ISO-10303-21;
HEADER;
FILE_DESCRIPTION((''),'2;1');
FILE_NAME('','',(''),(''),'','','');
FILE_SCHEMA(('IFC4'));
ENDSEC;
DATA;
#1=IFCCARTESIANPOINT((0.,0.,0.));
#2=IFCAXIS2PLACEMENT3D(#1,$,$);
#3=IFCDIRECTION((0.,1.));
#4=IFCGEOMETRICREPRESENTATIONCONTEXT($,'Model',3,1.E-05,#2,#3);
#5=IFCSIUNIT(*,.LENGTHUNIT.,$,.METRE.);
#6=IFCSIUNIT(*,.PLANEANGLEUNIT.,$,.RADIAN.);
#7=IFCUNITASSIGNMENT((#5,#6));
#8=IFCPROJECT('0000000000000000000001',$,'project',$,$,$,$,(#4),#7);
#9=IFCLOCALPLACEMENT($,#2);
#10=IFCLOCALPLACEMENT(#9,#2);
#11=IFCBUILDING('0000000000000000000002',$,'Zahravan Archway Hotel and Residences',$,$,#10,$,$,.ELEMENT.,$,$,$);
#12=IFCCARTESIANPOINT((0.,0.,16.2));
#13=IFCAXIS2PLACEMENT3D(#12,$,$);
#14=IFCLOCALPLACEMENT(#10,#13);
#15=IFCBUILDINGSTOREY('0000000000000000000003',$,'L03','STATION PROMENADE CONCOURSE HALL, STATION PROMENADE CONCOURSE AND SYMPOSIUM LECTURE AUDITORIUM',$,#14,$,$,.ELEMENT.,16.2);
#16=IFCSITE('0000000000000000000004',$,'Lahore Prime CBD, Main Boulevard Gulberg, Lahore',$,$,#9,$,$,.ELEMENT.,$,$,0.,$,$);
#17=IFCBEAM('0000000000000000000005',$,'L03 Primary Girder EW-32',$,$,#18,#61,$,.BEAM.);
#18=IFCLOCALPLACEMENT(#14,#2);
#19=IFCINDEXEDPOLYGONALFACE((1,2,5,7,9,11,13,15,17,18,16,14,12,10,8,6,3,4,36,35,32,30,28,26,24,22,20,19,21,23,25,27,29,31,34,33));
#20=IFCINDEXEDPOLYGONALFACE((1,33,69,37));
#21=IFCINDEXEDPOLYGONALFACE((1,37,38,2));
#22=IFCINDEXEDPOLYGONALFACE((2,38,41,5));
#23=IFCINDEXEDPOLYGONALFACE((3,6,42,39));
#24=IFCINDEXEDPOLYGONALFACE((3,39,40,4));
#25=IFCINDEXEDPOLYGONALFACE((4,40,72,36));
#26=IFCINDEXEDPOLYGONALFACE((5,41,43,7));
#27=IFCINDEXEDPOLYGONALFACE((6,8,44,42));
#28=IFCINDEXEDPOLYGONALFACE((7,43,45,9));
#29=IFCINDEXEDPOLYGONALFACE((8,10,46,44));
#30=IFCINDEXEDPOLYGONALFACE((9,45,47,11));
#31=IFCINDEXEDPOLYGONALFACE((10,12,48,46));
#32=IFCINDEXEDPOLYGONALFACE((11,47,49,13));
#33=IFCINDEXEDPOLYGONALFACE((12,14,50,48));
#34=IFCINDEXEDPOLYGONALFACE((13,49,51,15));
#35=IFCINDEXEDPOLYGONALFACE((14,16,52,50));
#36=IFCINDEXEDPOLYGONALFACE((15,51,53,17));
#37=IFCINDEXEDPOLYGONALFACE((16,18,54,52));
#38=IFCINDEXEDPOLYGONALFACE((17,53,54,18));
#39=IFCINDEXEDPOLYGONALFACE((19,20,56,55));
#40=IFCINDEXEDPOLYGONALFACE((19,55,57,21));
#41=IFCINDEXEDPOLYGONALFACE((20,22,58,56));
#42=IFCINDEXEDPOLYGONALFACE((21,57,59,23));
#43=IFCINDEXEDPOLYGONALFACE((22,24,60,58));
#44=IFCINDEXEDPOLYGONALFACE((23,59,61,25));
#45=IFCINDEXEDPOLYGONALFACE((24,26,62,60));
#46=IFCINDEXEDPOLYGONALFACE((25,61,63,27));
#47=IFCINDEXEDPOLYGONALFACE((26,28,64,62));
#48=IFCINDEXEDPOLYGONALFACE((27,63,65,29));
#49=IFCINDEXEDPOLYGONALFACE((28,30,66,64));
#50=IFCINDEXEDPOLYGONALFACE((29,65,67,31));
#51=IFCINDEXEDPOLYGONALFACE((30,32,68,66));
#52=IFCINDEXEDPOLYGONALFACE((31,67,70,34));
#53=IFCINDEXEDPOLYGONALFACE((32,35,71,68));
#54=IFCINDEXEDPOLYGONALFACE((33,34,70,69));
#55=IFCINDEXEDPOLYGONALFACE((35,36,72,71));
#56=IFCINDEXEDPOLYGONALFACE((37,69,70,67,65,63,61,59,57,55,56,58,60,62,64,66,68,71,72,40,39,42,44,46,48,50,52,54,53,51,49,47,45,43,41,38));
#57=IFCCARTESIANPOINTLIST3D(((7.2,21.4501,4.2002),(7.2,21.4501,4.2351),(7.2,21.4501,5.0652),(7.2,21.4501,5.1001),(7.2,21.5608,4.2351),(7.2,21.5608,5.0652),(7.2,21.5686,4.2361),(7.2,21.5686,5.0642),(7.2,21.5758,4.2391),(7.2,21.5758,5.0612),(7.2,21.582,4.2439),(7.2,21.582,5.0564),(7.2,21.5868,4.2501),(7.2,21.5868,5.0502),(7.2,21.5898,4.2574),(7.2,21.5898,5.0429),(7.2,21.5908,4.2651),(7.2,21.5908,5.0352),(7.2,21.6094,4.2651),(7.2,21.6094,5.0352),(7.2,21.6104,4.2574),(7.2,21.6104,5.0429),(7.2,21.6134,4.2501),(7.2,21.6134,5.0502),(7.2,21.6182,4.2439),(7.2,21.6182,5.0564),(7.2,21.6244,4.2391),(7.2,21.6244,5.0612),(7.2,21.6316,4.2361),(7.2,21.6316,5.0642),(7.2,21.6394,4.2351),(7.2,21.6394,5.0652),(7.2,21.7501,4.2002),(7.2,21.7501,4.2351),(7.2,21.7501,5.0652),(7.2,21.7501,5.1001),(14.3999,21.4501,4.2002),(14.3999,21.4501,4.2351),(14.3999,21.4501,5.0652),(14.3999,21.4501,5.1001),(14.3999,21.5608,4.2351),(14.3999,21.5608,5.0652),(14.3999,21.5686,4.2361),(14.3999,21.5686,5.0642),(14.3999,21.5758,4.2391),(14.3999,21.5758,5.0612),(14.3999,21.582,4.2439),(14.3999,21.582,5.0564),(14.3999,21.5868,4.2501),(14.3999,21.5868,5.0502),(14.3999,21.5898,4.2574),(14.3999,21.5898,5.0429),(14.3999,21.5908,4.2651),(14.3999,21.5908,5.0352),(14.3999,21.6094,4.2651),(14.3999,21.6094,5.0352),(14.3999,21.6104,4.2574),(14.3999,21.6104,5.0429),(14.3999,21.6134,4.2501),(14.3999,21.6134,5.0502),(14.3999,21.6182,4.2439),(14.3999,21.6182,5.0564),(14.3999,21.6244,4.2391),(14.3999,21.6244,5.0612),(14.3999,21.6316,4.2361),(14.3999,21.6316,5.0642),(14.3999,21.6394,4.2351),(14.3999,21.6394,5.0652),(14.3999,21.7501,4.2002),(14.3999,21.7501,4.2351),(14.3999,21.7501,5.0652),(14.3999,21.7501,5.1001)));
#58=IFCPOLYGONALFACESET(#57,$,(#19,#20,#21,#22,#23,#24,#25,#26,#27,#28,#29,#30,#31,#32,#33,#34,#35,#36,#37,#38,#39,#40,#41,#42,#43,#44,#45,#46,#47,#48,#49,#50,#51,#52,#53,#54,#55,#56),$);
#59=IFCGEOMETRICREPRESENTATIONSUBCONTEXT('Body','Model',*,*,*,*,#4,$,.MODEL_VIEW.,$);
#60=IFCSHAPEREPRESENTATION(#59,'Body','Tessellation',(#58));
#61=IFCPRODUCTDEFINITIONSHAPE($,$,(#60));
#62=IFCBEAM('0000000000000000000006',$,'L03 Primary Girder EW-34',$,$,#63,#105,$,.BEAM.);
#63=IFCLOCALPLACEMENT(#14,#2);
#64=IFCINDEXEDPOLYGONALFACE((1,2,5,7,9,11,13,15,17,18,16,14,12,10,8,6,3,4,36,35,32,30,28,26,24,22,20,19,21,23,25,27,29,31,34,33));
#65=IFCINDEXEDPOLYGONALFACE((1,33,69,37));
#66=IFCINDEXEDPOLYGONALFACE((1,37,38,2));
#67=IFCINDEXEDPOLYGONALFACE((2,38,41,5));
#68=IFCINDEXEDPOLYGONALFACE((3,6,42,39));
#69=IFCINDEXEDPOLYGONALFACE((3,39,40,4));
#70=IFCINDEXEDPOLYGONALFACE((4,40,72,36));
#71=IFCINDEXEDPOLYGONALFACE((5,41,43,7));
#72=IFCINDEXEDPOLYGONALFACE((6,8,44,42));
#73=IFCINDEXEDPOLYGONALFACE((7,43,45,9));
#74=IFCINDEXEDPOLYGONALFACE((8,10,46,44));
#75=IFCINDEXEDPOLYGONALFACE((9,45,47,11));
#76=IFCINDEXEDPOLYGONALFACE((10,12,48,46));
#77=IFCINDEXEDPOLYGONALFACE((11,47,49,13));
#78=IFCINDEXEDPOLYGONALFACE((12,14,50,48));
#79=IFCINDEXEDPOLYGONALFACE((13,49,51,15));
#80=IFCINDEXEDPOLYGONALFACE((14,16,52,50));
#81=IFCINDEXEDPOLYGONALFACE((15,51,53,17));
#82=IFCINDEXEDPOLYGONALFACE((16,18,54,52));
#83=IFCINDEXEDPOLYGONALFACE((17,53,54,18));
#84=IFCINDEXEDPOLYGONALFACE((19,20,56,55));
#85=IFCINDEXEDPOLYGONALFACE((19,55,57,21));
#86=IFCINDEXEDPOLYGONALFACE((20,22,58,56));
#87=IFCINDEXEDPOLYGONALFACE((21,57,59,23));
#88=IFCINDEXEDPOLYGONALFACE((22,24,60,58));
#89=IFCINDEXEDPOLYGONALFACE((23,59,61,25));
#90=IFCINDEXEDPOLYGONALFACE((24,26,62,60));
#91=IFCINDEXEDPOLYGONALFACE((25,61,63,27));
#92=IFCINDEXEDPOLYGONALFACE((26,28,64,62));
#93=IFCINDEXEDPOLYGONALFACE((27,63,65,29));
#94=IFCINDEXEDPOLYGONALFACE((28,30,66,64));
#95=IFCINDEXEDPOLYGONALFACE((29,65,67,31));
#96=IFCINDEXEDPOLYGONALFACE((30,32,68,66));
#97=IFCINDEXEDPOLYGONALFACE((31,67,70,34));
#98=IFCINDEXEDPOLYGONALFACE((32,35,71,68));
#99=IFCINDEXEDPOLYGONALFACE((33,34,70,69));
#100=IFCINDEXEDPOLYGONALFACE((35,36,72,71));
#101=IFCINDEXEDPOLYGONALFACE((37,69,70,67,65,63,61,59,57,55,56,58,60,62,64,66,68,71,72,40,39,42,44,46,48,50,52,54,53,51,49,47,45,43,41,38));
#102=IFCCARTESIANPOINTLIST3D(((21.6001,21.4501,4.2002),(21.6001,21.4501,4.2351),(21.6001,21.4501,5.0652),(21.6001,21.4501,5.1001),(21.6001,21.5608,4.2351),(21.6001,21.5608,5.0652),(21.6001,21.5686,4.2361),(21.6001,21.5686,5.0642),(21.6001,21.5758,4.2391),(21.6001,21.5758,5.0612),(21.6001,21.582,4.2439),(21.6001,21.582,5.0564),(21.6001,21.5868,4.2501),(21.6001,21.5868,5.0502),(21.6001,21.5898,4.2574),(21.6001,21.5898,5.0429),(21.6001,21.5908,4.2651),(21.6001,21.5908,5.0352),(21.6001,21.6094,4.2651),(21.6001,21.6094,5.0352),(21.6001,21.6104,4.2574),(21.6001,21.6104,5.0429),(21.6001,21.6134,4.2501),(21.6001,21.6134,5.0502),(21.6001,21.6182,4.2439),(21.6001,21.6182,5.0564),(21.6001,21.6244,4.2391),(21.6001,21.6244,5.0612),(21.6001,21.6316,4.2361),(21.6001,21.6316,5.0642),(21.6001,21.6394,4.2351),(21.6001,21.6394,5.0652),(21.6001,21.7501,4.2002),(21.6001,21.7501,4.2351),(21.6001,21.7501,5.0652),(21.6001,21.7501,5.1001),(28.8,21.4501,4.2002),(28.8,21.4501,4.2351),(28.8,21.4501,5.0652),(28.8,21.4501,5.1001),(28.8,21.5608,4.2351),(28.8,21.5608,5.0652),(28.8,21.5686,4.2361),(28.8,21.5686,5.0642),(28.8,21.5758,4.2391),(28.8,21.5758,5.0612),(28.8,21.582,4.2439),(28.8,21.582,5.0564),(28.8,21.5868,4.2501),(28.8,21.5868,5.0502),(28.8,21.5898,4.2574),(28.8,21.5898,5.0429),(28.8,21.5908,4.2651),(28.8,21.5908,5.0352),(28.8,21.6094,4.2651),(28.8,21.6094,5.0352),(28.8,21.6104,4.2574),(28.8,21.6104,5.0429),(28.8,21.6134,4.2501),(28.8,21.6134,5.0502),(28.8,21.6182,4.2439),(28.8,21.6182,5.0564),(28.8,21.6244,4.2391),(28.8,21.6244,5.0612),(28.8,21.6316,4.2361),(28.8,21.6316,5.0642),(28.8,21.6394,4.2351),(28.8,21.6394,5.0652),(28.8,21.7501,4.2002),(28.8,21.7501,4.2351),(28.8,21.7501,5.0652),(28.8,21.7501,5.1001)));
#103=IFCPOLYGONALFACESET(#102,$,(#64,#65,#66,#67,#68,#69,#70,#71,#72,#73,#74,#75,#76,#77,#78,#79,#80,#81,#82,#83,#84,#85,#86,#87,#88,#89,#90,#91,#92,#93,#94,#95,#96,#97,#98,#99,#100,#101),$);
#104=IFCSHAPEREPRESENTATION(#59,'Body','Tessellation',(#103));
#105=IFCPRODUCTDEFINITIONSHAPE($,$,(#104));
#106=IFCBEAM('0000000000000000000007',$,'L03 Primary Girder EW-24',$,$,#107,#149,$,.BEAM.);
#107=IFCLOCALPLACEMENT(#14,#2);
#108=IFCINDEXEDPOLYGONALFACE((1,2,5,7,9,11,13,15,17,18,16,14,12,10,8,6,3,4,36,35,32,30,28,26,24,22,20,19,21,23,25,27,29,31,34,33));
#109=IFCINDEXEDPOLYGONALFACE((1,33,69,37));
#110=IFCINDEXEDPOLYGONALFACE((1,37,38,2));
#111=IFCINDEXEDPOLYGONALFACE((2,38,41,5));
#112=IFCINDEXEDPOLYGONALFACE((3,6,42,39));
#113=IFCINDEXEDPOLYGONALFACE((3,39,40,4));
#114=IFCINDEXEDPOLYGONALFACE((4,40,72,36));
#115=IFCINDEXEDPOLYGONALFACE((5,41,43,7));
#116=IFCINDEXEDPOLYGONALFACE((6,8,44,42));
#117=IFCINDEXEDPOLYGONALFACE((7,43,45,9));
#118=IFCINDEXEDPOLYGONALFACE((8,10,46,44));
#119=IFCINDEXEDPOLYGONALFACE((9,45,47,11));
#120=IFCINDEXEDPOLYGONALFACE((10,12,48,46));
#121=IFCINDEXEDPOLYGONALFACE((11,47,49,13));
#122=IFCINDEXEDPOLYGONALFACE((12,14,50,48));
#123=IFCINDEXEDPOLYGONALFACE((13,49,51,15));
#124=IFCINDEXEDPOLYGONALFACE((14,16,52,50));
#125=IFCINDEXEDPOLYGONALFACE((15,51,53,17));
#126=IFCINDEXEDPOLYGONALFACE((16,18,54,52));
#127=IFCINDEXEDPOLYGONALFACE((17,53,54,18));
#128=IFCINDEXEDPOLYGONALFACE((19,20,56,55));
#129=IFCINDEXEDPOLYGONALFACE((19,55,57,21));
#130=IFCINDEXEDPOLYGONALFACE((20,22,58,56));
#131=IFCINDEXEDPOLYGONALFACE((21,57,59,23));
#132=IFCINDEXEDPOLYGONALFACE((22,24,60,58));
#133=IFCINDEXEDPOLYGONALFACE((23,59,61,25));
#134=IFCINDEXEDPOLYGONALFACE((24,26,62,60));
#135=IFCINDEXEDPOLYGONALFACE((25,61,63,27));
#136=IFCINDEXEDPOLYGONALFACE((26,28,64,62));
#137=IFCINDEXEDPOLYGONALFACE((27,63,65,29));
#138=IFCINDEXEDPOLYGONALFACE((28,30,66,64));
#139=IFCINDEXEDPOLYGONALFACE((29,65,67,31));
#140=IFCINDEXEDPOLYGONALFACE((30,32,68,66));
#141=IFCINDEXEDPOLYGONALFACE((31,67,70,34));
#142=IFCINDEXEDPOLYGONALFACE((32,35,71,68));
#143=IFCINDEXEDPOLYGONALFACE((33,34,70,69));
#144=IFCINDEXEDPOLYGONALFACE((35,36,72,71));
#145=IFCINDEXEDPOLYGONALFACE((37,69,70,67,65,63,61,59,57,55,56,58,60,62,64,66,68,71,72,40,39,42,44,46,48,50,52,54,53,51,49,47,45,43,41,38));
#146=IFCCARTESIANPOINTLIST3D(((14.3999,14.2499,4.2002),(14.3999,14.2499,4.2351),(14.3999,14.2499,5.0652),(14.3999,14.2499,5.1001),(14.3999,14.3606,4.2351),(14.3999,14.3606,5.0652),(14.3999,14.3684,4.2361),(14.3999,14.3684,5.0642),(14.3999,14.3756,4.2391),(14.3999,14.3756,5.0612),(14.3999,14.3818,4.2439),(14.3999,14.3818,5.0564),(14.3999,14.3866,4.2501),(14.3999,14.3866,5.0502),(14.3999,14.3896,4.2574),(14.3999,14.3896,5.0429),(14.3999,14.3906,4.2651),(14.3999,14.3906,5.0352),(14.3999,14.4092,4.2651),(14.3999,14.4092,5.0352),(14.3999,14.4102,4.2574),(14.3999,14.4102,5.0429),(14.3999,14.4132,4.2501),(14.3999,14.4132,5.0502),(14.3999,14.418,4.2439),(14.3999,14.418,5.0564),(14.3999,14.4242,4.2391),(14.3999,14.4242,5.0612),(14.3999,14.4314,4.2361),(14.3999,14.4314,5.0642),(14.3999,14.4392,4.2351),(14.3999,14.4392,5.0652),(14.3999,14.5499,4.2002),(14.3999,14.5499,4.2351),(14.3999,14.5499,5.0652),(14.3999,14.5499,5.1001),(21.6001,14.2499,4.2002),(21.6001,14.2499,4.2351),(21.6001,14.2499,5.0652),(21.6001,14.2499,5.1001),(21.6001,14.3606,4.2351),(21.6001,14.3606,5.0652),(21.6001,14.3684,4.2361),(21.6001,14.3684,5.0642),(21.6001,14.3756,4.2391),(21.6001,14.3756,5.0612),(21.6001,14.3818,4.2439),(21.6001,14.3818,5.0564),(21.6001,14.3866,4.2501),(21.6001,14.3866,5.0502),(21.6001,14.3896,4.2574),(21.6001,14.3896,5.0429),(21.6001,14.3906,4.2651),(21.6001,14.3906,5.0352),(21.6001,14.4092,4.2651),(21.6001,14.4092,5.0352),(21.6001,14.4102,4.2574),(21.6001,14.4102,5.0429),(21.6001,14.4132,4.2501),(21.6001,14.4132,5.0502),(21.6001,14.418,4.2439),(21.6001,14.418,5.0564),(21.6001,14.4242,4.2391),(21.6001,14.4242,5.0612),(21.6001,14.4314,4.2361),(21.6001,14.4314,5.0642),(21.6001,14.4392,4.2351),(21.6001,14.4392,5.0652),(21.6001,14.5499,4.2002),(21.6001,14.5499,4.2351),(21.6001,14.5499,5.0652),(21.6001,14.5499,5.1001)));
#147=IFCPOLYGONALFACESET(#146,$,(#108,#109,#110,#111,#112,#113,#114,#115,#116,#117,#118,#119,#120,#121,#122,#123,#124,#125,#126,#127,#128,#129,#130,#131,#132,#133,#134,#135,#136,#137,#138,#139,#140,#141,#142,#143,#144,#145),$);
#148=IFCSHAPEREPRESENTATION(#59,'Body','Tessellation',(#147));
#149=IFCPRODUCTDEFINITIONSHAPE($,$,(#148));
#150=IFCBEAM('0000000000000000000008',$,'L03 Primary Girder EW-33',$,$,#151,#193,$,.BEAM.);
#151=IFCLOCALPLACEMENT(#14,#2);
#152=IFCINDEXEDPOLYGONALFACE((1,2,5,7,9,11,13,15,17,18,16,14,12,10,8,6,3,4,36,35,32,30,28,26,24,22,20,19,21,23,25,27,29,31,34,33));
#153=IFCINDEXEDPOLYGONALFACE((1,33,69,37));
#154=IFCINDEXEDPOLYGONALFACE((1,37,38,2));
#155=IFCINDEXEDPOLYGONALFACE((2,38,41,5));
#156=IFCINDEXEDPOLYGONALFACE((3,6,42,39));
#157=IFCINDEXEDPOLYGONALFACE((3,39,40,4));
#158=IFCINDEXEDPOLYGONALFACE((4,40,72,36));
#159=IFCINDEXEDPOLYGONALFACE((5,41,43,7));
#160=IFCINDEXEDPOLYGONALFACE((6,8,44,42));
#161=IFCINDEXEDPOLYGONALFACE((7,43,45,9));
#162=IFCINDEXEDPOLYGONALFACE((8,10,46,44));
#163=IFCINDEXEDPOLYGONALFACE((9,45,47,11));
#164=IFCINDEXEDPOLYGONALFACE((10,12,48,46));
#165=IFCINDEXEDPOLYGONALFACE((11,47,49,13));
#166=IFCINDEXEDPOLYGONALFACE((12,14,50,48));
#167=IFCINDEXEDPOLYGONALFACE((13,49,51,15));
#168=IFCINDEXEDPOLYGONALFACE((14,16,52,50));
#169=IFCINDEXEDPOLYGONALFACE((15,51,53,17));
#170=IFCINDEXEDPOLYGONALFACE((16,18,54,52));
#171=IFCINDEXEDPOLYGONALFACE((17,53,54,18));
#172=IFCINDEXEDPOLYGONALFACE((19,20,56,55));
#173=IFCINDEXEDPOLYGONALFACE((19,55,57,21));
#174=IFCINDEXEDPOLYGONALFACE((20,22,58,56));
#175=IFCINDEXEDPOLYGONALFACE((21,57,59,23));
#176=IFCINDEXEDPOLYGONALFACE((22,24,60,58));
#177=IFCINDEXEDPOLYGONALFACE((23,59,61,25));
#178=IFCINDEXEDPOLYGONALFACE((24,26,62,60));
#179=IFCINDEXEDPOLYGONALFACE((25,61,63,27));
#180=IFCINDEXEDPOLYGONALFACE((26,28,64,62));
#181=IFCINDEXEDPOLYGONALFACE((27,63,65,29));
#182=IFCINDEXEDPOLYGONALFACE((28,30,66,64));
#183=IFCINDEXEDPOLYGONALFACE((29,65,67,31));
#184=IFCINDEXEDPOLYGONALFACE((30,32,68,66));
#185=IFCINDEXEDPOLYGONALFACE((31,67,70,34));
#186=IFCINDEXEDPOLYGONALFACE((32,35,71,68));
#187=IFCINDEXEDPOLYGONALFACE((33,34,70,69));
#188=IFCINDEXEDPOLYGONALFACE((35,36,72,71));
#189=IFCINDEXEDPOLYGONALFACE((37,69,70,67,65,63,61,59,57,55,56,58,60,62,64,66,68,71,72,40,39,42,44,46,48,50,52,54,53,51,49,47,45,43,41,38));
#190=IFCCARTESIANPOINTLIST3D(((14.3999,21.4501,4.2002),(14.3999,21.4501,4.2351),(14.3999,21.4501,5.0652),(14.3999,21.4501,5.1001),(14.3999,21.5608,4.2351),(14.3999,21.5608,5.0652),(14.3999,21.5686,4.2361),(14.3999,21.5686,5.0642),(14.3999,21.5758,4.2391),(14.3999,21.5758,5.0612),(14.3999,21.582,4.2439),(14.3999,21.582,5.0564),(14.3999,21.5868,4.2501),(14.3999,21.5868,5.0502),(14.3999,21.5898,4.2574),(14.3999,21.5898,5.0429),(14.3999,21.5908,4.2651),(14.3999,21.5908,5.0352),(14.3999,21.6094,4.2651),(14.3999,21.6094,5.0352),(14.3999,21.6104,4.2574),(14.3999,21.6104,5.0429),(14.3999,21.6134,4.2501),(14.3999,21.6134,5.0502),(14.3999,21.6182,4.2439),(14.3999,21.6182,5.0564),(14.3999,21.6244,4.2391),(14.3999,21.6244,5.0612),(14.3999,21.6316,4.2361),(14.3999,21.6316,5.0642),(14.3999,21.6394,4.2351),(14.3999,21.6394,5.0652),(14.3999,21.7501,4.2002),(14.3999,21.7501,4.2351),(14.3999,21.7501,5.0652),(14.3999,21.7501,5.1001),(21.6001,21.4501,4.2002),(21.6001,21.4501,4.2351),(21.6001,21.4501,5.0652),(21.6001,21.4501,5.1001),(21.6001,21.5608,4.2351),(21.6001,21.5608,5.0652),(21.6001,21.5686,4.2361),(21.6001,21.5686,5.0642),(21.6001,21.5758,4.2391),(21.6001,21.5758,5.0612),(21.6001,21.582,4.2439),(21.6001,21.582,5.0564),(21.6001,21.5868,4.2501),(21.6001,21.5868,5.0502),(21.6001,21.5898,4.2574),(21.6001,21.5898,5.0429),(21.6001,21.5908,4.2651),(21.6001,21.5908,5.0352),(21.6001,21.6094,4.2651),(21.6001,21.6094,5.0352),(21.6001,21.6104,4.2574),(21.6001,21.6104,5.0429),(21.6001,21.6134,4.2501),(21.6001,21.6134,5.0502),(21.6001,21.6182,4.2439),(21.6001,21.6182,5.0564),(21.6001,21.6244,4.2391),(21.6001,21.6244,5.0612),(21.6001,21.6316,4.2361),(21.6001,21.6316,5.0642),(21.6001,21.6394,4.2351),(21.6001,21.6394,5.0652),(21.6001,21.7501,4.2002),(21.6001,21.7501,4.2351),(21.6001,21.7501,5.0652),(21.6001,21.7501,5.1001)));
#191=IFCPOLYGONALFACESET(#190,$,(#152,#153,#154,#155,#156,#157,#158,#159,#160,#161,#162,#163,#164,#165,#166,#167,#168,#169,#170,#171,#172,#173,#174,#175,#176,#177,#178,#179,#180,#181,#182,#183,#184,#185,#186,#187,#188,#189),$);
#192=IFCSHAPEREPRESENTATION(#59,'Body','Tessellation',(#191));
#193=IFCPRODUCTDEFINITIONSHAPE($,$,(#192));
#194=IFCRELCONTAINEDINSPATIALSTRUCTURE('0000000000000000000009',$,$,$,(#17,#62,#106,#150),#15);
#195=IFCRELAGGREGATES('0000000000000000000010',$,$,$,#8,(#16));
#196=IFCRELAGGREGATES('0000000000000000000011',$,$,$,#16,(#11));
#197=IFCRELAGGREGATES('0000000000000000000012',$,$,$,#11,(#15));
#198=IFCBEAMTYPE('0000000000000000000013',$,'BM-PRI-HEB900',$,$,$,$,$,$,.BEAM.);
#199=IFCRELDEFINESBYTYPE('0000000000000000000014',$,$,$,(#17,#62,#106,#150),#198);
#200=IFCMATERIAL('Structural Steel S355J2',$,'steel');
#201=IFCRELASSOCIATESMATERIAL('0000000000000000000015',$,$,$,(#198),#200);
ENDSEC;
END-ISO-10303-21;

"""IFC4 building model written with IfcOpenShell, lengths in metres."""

from ifc_helpers import new_model, si_unit, direction, frame, origin, origin_2d, place, context, subcontext, project, spatial, i_section, extrude, source, transform, mapped, material, material_profile, profile_set, type_object, element, save


model = new_model("IFC4")

# Units and contexts
model_context = context("Model", 3, precision=1e-05, world=origin(), true_north=direction((0.0, 1.0)))
body_context = subcontext(model_context, "Body", "Model", "MODEL_VIEW")
ifc_project = project(units=[si_unit("LENGTHUNIT", "METRE"), si_unit("PLANEANGLEUNIT", "RADIAN")], contexts=[model_context])

# Site, building, storey
site_placement = place(None, origin())
site = spatial("IfcSite", under=ifc_project, at=site_placement, Name="Lahore Prime CBD, Main Boulevard Gulberg, Lahore", CompositionType="ELEMENT", RefElevation=0.0)
building_placement = place(site_placement, origin())
building = spatial("IfcBuilding", under=site, at=building_placement, Name="Zahravan Archway Hotel and Residences", CompositionType="ELEMENT")
storey_placement = place(building_placement, frame((0.0, 0.0, 16.2)))
storey = spatial("IfcBuildingStorey", under=building, at=storey_placement, Name="L03", Description="STATION PROMENADE CONCOURSE HALL, STATION PROMENADE CONCOURSE AND SYMPOSIUM LECTURE AUDITORIUM", CompositionType="ELEMENT", Elevation=16.2)

# Beams
ifc_material_1 = material(Name="Structural Steel S355J2", Category="steel")
ifc_material_profile_1 = material_profile(ifc_material_1, i_section(OverallWidth=0.3, OverallDepth=0.8999, WebThickness=0.0186, FlangeThickness=0.0349, FilletRadius=0.03, at=origin_2d()), Name="HEB 900", Category="steel")
ifc_profile_set_1 = profile_set([ifc_material_profile_1], Name="Structural Steel S355J2")
beam_type_1 = type_object("IfcBeamType", Name="BM-PRI-HEB900", PredefinedType="BEAM", material=ifc_profile_set_1)
shared_shape_1 = source(origin(), body_context, "Body", "SweptSolid", [
    extrude(i_section(OverallWidth=0.3, OverallDepth=0.8999, WebThickness=0.0186, FlangeThickness=0.0349, FilletRadius=0.03, at=origin_2d()), origin(), (0.0, 0.0, 1.0), 7.2),
])
for number, where, z_axis, x_axis, name in (
    (1, (7.2, 21.6001, 4.6501), (1.0, 0.0, 0.0), (0.0, 1.0, 0.0), "L03 Primary Girder EW-32"),
    (2, (21.6001, 21.6001, 4.6501), (1.0, 0.0, 0.0), (0.0, 1.0, 0.0), "L03 Primary Girder EW-34"),
):
    element("IfcBeam", number, at=place(storey_placement, frame(where, z_axis=z_axis, x_axis=x_axis)), inside=storey, type_object=beam_type_1, Name=name, PredefinedType="BEAM", context=body_context, shape_type="MappedRepresentation", body=[
        mapped(shared_shape_1, transform((0.0, 0.0, 0.0), scale=1.0)),
    ])
shared_shape_2 = source(origin(), body_context, "Body", "SweptSolid", [
    extrude(i_section(OverallWidth=0.3, OverallDepth=0.8999, WebThickness=0.0186, FlangeThickness=0.0349, FilletRadius=0.03, at=origin_2d()), origin(), (0.0, 0.0, 1.0), 7.2002),
])
for number, where, z_axis, x_axis, name in (
    (3, (14.3999, 14.3999, 4.6501), (1.0, 0.0, 0.0), (0.0, 1.0, 0.0), "L03 Primary Girder EW-24"),
    (4, (14.3999, 21.6001, 4.6501), (1.0, 0.0, 0.0), (0.0, 1.0, 0.0), "L03 Primary Girder EW-33"),
):
    element("IfcBeam", number, at=place(storey_placement, frame(where, z_axis=z_axis, x_axis=x_axis)), inside=storey, type_object=beam_type_1, Name=name, PredefinedType="BEAM", context=body_context, shape_type="MappedRepresentation", body=[
        mapped(shared_shape_2, transform((0.0, 0.0, 0.0), scale=1.0)),
    ])

save(model, "model.ifc")
